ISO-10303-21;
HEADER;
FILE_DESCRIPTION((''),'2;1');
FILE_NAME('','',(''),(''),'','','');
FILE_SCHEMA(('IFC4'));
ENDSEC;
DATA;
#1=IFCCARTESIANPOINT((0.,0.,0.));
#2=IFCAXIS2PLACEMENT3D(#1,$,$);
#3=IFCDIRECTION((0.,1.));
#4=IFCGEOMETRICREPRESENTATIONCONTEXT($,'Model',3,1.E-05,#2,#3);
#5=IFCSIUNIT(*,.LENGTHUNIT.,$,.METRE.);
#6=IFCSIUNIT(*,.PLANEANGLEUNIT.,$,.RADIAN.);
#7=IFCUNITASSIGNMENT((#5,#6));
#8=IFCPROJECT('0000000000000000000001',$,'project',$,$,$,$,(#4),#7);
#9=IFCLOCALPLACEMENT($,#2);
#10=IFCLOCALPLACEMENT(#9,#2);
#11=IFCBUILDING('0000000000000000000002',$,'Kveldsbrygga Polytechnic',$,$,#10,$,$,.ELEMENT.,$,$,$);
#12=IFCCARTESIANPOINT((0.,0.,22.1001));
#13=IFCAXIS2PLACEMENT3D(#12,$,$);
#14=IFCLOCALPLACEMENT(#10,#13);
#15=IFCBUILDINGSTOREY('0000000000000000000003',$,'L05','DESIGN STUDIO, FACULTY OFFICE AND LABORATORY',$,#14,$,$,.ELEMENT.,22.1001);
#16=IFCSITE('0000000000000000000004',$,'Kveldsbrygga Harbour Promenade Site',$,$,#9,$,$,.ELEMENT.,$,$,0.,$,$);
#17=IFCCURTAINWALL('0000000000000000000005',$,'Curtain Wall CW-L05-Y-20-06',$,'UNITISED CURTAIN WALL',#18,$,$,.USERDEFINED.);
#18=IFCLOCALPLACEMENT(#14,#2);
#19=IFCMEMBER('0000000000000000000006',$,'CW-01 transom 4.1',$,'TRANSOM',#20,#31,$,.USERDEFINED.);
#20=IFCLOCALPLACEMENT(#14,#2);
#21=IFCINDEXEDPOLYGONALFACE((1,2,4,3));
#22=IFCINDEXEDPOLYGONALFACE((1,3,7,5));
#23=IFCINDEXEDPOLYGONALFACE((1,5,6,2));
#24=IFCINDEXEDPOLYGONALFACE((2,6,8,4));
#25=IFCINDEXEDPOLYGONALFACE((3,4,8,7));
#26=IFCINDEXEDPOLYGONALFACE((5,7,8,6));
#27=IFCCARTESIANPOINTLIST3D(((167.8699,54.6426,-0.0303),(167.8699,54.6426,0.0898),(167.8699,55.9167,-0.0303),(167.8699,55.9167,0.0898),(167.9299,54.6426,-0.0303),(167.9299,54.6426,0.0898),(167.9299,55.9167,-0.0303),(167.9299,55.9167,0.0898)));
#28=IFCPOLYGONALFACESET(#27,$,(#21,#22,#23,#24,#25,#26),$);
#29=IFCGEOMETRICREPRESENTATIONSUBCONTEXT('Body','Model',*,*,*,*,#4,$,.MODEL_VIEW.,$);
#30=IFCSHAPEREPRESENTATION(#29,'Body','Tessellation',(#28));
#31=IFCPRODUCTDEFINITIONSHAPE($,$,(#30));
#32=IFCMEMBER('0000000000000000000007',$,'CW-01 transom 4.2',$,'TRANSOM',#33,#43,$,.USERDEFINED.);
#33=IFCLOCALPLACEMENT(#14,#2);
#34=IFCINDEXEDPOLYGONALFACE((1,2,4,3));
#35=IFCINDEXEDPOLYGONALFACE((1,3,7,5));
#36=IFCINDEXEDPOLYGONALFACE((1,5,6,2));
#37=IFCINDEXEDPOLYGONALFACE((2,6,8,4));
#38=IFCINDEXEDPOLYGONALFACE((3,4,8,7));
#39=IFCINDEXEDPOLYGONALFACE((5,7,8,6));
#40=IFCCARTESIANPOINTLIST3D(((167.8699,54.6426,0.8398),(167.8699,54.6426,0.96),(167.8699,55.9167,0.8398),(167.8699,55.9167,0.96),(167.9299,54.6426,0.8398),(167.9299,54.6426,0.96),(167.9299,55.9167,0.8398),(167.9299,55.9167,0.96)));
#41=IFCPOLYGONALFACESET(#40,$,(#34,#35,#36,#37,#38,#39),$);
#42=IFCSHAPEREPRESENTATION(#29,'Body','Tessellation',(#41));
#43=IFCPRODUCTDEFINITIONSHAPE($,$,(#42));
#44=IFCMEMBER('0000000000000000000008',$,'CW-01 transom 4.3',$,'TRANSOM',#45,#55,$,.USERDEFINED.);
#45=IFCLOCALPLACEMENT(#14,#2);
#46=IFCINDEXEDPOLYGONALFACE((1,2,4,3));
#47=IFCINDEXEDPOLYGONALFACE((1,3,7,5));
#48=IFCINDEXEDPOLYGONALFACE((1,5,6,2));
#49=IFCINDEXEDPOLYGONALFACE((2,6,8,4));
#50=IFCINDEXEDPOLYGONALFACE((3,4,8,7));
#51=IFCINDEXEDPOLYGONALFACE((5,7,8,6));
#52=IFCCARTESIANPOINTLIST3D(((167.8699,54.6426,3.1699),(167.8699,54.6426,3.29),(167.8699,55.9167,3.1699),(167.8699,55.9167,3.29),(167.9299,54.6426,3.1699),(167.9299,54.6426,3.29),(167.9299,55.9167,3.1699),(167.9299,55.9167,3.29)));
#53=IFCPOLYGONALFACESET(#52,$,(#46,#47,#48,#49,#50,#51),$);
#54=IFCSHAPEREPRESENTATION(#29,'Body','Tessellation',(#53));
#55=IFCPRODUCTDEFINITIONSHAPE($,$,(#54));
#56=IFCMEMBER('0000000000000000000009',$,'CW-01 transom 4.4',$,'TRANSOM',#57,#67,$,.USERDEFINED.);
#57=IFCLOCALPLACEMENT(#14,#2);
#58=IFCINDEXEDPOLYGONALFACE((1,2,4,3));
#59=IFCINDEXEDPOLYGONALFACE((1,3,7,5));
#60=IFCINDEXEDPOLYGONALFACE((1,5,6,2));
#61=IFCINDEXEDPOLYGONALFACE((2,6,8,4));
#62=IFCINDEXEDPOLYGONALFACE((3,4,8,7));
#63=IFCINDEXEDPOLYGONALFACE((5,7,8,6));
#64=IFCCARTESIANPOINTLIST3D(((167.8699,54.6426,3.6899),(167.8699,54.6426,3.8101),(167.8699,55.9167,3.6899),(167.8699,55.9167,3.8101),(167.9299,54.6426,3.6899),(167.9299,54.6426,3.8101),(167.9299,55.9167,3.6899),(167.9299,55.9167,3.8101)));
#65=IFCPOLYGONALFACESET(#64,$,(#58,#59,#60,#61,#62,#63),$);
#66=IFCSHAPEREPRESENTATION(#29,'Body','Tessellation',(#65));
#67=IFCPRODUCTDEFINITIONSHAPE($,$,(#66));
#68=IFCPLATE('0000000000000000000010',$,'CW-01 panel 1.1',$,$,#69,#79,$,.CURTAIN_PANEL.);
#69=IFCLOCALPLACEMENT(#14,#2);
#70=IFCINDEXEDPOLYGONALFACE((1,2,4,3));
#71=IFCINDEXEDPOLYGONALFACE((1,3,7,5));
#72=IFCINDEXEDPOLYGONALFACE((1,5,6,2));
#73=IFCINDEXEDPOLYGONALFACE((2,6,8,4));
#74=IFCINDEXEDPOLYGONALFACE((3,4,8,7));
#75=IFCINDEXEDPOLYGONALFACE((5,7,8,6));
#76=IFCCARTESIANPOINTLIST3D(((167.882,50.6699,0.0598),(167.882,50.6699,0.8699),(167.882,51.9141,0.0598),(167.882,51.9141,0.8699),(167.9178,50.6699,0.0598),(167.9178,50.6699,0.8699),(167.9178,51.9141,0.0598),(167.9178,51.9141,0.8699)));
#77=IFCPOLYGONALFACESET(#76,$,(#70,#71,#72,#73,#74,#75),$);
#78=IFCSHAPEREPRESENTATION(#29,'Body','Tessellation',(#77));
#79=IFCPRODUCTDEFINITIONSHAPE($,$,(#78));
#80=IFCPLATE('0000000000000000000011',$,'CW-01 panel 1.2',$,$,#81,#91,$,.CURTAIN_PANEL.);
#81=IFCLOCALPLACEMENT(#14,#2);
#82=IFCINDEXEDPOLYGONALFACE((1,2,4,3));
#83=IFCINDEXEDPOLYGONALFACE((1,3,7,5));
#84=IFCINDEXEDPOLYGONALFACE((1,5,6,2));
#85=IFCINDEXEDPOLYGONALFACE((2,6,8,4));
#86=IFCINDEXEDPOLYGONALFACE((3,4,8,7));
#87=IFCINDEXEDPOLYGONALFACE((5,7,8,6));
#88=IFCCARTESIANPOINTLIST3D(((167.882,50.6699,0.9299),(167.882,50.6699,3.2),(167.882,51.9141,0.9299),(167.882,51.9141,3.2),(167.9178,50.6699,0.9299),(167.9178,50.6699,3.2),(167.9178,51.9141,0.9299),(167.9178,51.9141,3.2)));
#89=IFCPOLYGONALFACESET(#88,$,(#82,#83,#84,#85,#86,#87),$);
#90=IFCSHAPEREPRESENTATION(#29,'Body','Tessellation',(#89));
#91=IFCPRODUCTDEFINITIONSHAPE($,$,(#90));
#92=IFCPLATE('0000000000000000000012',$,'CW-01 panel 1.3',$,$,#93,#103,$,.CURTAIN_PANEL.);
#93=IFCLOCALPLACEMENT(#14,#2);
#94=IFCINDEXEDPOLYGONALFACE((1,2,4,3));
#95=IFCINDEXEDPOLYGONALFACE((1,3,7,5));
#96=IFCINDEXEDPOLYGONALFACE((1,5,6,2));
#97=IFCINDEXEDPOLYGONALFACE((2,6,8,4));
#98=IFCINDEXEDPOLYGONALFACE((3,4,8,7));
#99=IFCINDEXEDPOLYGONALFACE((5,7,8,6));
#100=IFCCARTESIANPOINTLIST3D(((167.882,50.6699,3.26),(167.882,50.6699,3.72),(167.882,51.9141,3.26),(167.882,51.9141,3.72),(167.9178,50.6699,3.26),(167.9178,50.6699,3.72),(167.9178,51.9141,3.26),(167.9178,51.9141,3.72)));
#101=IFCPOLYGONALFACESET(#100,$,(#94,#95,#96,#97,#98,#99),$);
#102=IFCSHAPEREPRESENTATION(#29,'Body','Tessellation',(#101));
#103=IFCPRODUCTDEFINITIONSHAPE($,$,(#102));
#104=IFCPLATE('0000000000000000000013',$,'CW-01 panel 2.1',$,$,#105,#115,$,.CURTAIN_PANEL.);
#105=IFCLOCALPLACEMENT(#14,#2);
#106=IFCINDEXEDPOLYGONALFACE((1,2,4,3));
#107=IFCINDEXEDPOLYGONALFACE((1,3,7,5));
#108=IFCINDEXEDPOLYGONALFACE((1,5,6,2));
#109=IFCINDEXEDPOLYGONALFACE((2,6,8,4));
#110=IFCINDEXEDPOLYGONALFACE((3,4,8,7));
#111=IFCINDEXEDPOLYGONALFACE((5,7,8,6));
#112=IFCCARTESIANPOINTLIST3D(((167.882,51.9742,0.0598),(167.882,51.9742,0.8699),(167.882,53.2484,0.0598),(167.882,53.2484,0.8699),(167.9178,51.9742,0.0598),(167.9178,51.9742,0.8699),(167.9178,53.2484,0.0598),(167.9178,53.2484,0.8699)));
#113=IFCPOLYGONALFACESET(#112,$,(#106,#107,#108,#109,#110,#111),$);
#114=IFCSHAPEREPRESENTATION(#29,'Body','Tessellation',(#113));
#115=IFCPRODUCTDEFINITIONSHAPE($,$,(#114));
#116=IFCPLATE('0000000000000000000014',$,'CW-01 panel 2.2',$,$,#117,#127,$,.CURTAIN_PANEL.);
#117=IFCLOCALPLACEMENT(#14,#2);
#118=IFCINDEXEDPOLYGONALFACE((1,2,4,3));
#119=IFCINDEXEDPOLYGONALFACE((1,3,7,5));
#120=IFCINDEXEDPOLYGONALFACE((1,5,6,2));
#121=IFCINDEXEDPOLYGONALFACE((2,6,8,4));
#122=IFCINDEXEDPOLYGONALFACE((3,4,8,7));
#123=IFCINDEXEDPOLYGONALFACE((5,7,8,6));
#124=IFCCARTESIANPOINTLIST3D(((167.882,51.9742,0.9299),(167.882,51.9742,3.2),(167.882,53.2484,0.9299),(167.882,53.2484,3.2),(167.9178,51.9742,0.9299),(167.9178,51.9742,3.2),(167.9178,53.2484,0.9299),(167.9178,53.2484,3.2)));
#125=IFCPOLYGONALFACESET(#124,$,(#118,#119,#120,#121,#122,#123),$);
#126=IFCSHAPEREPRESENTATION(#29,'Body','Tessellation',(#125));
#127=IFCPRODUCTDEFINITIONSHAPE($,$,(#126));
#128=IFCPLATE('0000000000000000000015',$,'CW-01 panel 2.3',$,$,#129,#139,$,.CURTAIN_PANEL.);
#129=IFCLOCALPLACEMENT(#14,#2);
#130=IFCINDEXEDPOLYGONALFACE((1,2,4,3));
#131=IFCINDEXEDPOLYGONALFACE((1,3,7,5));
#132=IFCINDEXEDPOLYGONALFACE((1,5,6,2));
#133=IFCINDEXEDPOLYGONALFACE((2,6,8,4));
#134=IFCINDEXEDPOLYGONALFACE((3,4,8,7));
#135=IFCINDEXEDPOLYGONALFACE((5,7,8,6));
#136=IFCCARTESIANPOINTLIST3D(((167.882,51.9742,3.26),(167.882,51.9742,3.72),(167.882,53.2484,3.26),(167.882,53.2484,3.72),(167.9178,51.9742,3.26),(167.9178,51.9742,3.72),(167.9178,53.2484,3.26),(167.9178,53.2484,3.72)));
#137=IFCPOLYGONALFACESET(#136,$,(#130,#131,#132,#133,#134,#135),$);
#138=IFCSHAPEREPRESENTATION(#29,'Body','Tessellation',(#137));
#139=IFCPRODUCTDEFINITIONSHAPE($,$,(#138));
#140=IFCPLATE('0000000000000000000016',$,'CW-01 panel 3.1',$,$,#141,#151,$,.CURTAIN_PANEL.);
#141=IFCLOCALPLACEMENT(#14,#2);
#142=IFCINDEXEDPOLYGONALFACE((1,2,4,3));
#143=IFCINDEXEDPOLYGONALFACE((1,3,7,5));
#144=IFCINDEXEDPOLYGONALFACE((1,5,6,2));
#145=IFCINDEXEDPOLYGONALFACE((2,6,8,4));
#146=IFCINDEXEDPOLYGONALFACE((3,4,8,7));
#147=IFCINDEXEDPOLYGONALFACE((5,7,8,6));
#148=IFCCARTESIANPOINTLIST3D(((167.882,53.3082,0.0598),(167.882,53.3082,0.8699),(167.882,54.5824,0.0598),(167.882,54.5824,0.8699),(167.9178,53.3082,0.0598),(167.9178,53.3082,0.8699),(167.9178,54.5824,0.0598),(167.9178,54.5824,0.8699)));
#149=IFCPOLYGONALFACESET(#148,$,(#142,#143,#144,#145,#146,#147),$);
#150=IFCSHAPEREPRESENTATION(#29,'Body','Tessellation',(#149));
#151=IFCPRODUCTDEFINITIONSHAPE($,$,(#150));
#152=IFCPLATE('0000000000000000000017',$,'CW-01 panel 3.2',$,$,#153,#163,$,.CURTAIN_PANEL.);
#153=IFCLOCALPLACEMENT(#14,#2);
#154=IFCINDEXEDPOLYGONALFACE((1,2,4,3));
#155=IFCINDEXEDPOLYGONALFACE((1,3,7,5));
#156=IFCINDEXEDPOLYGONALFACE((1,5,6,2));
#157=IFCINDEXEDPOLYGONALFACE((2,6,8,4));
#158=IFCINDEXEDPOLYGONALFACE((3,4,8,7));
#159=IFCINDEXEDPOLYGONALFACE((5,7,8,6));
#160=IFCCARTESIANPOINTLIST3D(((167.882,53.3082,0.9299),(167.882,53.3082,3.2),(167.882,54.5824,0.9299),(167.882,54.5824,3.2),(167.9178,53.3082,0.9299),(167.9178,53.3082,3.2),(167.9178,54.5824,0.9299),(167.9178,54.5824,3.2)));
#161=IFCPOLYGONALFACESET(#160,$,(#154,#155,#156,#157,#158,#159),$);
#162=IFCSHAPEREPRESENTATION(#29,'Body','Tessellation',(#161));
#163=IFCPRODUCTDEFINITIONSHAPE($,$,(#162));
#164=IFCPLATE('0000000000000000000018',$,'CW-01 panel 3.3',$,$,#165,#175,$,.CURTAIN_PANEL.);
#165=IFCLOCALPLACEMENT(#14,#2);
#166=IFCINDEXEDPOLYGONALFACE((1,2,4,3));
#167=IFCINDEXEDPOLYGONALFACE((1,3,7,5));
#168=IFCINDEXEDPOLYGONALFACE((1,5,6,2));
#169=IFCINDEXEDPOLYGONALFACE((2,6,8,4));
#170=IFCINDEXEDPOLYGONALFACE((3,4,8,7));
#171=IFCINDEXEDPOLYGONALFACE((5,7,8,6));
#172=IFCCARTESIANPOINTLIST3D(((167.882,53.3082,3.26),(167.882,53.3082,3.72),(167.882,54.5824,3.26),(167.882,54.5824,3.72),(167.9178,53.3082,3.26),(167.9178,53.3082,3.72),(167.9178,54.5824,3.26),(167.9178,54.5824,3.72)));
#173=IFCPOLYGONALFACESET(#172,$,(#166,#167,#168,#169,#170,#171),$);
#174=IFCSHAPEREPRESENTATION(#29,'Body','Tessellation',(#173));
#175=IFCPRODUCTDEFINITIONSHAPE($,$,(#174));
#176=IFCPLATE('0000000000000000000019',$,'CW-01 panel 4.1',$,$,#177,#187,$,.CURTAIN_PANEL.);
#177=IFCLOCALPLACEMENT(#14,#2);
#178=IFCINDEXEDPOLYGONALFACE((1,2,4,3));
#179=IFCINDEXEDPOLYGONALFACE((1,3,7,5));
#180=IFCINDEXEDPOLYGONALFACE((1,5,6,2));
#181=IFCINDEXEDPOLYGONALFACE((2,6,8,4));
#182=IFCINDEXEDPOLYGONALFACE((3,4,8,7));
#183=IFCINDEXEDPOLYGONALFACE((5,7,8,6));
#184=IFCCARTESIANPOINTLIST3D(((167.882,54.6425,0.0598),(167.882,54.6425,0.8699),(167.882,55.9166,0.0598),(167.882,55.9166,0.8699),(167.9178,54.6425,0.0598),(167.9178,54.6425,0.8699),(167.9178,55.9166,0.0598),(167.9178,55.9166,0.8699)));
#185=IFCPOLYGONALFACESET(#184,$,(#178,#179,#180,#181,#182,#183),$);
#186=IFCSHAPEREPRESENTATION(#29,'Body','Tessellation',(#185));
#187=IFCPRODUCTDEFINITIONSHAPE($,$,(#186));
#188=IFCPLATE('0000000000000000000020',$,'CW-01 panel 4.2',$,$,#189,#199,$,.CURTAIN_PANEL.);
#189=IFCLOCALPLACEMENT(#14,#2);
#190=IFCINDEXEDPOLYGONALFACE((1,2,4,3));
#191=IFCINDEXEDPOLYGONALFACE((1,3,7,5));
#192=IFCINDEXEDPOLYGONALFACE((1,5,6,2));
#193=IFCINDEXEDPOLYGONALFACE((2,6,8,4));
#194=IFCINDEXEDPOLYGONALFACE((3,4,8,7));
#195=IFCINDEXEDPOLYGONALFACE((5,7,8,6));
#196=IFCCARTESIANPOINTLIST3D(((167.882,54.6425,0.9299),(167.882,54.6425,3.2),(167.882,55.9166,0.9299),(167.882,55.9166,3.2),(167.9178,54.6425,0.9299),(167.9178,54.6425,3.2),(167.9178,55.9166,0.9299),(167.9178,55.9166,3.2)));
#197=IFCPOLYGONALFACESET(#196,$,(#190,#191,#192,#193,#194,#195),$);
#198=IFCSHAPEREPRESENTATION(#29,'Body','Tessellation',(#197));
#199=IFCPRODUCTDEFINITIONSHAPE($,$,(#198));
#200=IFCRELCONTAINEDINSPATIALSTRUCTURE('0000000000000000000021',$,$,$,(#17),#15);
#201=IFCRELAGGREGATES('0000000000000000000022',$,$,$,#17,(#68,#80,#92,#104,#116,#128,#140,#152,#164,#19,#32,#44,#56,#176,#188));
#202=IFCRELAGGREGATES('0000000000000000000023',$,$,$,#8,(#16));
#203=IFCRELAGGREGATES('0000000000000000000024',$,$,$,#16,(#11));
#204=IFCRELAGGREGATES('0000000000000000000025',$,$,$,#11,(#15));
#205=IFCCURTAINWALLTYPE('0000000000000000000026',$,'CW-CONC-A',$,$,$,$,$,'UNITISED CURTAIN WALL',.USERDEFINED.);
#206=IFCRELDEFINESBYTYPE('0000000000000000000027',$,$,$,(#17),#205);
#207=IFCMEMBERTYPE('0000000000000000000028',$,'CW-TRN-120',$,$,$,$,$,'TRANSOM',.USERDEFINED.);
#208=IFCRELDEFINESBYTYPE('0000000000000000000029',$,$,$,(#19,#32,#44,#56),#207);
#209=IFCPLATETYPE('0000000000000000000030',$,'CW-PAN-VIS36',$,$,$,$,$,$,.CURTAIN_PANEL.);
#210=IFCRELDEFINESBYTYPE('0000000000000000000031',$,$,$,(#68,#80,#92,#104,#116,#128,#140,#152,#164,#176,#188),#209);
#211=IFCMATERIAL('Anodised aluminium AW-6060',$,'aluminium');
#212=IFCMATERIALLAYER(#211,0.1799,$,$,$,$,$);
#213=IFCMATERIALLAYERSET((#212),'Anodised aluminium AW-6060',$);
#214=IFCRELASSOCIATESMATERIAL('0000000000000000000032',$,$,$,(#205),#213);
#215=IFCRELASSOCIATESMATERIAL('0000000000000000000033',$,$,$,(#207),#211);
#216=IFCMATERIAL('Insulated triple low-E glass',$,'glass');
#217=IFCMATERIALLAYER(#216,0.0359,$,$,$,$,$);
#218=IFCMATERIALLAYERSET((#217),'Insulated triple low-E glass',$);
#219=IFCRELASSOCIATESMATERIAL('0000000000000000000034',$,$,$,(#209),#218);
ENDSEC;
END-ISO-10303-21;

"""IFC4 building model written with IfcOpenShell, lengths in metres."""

from ifc_helpers import new_model, si_unit, direction, frame, origin, origin_2d, place, context, subcontext, project, spatial, rectangle, extrude, material, layer, layer_set, material_profile, profile_set, type_object, element, aggregate, save


model = new_model("IFC4")

# Units and contexts
model_context = context("Model", 3, precision=1e-05, world=origin(), true_north=direction((0.0, 1.0)))
body_context = subcontext(model_context, "Body", "Model", "MODEL_VIEW")
ifc_project = project(units=[si_unit("LENGTHUNIT", "METRE"), si_unit("PLANEANGLEUNIT", "RADIAN")], contexts=[model_context])

# Site, building, storey
site_placement = place(None, origin())
site = spatial("IfcSite", under=ifc_project, at=site_placement, Name="Kveldsbrygga Harbour Promenade Site", CompositionType="ELEMENT", RefElevation=0.0)
building_placement = place(site_placement, origin())
building = spatial("IfcBuilding", under=site, at=building_placement, Name="Kveldsbrygga Polytechnic", CompositionType="ELEMENT")
storey_placement = place(building_placement, frame((0.0, 0.0, 22.1001)))
storey = spatial("IfcBuildingStorey", under=building, at=storey_placement, Name="L05", Description="DESIGN STUDIO, FACULTY OFFICE AND LABORATORY", CompositionType="ELEMENT", Elevation=22.1001)

# Curtain wall, members, plates
ifc_material_1 = material(Name="Anodised aluminium AW-6060", Category="aluminium")
ifc_layer_1 = layer(ifc_material_1, 0.1799)
ifc_layer_set_1 = layer_set([ifc_layer_1], Name="Anodised aluminium AW-6060")
curtain_wall_type = type_object("IfcCurtainWallType", Name="CW-CONC-A", ElementType="UNITISED CURTAIN WALL", PredefinedType="USERDEFINED", material=ifc_layer_set_1)
curtain_wall_placement = place(storey_placement, origin())
curtain_wall = element("IfcCurtainWall", 1, at=curtain_wall_placement, inside=storey, type_object=curtain_wall_type, Name="Curtain Wall CW-L05-Y-20-06", ObjectType="UNITISED CURTAIN WALL", PredefinedType="USERDEFINED")
ifc_material_profile_1 = material_profile(ifc_material_1, rectangle(XDim=0.0601, YDim=0.1201, at=origin_2d()), Name="ALU 60x120")
ifc_profile_set_1 = profile_set([ifc_material_profile_1], Name="Anodised aluminium AW-6060")
member_type_1 = type_object("IfcMemberType", Name="CW-TRN-120", ElementType="TRANSOM", PredefinedType="USERDEFINED", material=ifc_profile_set_1)
member_1_placement = place(storey_placement, frame((167.8999, 54.6426, 0.0298), z_axis=(0.0, 1.0, 0.0), x_axis=(-1.0, 0.0, 0.0)))
member_1 = element("IfcMember", 2, at=member_1_placement, type_object=member_type_1, Name="CW-01 transom 4.1", ObjectType="TRANSOM", PredefinedType="USERDEFINED", context=body_context, shape_type="SweptSolid", body=[
    extrude(rectangle(XDim=0.0601, YDim=0.1201, at=origin_2d()), origin(), (0.0, 0.0, 1.0), 1.2742),
])
member_2_placement = place(storey_placement, frame((167.8999, 54.6426, 0.8999), z_axis=(0.0, 1.0, 0.0), x_axis=(-1.0, 0.0, 0.0)))
member_2 = element("IfcMember", 3, at=member_2_placement, type_object=member_type_1, Name="CW-01 transom 4.2", ObjectType="TRANSOM", PredefinedType="USERDEFINED", context=body_context, shape_type="SweptSolid", body=[
    extrude(rectangle(XDim=0.0601, YDim=0.1201, at=origin_2d()), origin(), (0.0, 0.0, 1.0), 1.2742),
])
member_3_placement = place(storey_placement, frame((167.8999, 54.6426, 3.23), z_axis=(0.0, 1.0, 0.0), x_axis=(-1.0, 0.0, 0.0)))
member_3 = element("IfcMember", 4, at=member_3_placement, type_object=member_type_1, Name="CW-01 transom 4.3", ObjectType="TRANSOM", PredefinedType="USERDEFINED", context=body_context, shape_type="SweptSolid", body=[
    extrude(rectangle(XDim=0.0601, YDim=0.1201, at=origin_2d()), origin(), (0.0, 0.0, 1.0), 1.2742),
])
member_4_placement = place(storey_placement, frame((167.8999, 54.6426, 3.75), z_axis=(0.0, 1.0, 0.0), x_axis=(-1.0, 0.0, 0.0)))
member_4 = element("IfcMember", 5, at=member_4_placement, type_object=member_type_1, Name="CW-01 transom 4.4", ObjectType="TRANSOM", PredefinedType="USERDEFINED", context=body_context, shape_type="SweptSolid", body=[
    extrude(rectangle(XDim=0.0601, YDim=0.1201, at=origin_2d()), origin(), (0.0, 0.0, 1.0), 1.2742),
])
ifc_material_2 = material(Name="Insulated triple low-E glass", Category="glass")
ifc_layer_2 = layer(ifc_material_2, 0.0359)
ifc_layer_set_2 = layer_set([ifc_layer_2], Name="Insulated triple low-E glass")
plate_type = type_object("IfcPlateType", Name="CW-PAN-VIS36", PredefinedType="CURTAIN_PANEL", material=ifc_layer_set_2)
plate_1_placement = place(storey_placement, frame((167.8999, 51.292, 0.0598), z_axis=(0.0, 0.0, 1.0), x_axis=(0.0, 1.0, 0.0)))
plate_1 = element("IfcPlate", 6, at=plate_1_placement, type_object=plate_type, Name="CW-01 panel 1.1", PredefinedType="CURTAIN_PANEL", context=body_context, shape_type="SweptSolid", body=[
    extrude(rectangle(XDim=1.2441, YDim=0.0359, at=origin_2d()), origin(), (0.0, 0.0, 1.0), 0.8101),
])
plate_2_placement = place(storey_placement, frame((167.8999, 51.292, 0.9299), z_axis=(0.0, 0.0, 1.0), x_axis=(0.0, 1.0, 0.0)))
plate_2 = element("IfcPlate", 7, at=plate_2_placement, type_object=plate_type, Name="CW-01 panel 1.2", PredefinedType="CURTAIN_PANEL", context=body_context, shape_type="SweptSolid", body=[
    extrude(rectangle(XDim=1.2441, YDim=0.0359, at=origin_2d()), origin(), (0.0, 0.0, 1.0), 2.27),
])
plate_3_placement = place(storey_placement, frame((167.8999, 51.292, 3.26), z_axis=(0.0, 0.0, 1.0), x_axis=(0.0, 1.0, 0.0)))
plate_3 = element("IfcPlate", 8, at=plate_3_placement, type_object=plate_type, Name="CW-01 panel 1.3", PredefinedType="CURTAIN_PANEL", context=body_context, shape_type="SweptSolid", body=[
    extrude(rectangle(XDim=1.2441, YDim=0.0359, at=origin_2d()), origin(), (0.0, 0.0, 1.0), 0.46),
])
plate_4_placement = place(storey_placement, frame((167.8999, 52.6113, 0.0598), z_axis=(0.0, 0.0, 1.0), x_axis=(0.0, 1.0, 0.0)))
plate_4 = element("IfcPlate", 9, at=plate_4_placement, type_object=plate_type, Name="CW-01 panel 2.1", PredefinedType="CURTAIN_PANEL", context=body_context, shape_type="SweptSolid", body=[
    extrude(rectangle(XDim=1.2742, YDim=0.0359, at=origin_2d()), origin(), (0.0, 0.0, 1.0), 0.8101),
])
plate_5_placement = place(storey_placement, frame((167.8999, 52.6113, 0.9299), z_axis=(0.0, 0.0, 1.0), x_axis=(0.0, 1.0, 0.0)))
plate_5 = element("IfcPlate", 10, at=plate_5_placement, type_object=plate_type, Name="CW-01 panel 2.2", PredefinedType="CURTAIN_PANEL", context=body_context, shape_type="SweptSolid", body=[
    extrude(rectangle(XDim=1.2742, YDim=0.0359, at=origin_2d()), origin(), (0.0, 0.0, 1.0), 2.27),
])
plate_6_placement = place(storey_placement, frame((167.8999, 52.6113, 3.26), z_axis=(0.0, 0.0, 1.0), x_axis=(0.0, 1.0, 0.0)))
plate_6 = element("IfcPlate", 11, at=plate_6_placement, type_object=plate_type, Name="CW-01 panel 2.3", PredefinedType="CURTAIN_PANEL", context=body_context, shape_type="SweptSolid", body=[
    extrude(rectangle(XDim=1.2742, YDim=0.0359, at=origin_2d()), origin(), (0.0, 0.0, 1.0), 0.46),
])
plate_7_placement = place(storey_placement, frame((167.8999, 53.9453, 0.0598), z_axis=(0.0, 0.0, 1.0), x_axis=(0.0, 1.0, 0.0)))
plate_7 = element("IfcPlate", 12, at=plate_7_placement, type_object=plate_type, Name="CW-01 panel 3.1", PredefinedType="CURTAIN_PANEL", context=body_context, shape_type="SweptSolid", body=[
    extrude(rectangle(XDim=1.2742, YDim=0.0359, at=origin_2d()), origin(), (0.0, 0.0, 1.0), 0.8101),
])
plate_8_placement = place(storey_placement, frame((167.8999, 53.9453, 0.9299), z_axis=(0.0, 0.0, 1.0), x_axis=(0.0, 1.0, 0.0)))
plate_8 = element("IfcPlate", 13, at=plate_8_placement, type_object=plate_type, Name="CW-01 panel 3.2", PredefinedType="CURTAIN_PANEL", context=body_context, shape_type="SweptSolid", body=[
    extrude(rectangle(XDim=1.2742, YDim=0.0359, at=origin_2d()), origin(), (0.0, 0.0, 1.0), 2.27),
])
plate_9_placement = place(storey_placement, frame((167.8999, 53.9453, 3.26), z_axis=(0.0, 0.0, 1.0), x_axis=(0.0, 1.0, 0.0)))
plate_9 = element("IfcPlate", 14, at=plate_9_placement, type_object=plate_type, Name="CW-01 panel 3.3", PredefinedType="CURTAIN_PANEL", context=body_context, shape_type="SweptSolid", body=[
    extrude(rectangle(XDim=1.2742, YDim=0.0359, at=origin_2d()), origin(), (0.0, 0.0, 1.0), 0.46),
])
plate_10_placement = place(storey_placement, frame((167.8999, 55.2795, 0.0598), z_axis=(0.0, 0.0, 1.0), x_axis=(0.0, 1.0, 0.0)))
plate_10 = element("IfcPlate", 15, at=plate_10_placement, type_object=plate_type, Name="CW-01 panel 4.1", PredefinedType="CURTAIN_PANEL", context=body_context, shape_type="SweptSolid", body=[
    extrude(rectangle(XDim=1.2742, YDim=0.0359, at=origin_2d()), origin(), (0.0, 0.0, 1.0), 0.8101),
])
plate_11_placement = place(storey_placement, frame((167.8999, 55.2795, 0.9299), z_axis=(0.0, 0.0, 1.0), x_axis=(0.0, 1.0, 0.0)))
plate_11 = element("IfcPlate", 16, at=plate_11_placement, type_object=plate_type, Name="CW-01 panel 4.2", PredefinedType="CURTAIN_PANEL", context=body_context, shape_type="SweptSolid", body=[
    extrude(rectangle(XDim=1.2742, YDim=0.0359, at=origin_2d()), origin(), (0.0, 0.0, 1.0), 2.27),
])
aggregate(curtain_wall, [plate_1, plate_2, plate_3, plate_4, plate_5, plate_6, plate_7, plate_8, plate_9, member_1, member_2, member_3, member_4, plate_10, plate_11])

save(model, "model.ifc")
